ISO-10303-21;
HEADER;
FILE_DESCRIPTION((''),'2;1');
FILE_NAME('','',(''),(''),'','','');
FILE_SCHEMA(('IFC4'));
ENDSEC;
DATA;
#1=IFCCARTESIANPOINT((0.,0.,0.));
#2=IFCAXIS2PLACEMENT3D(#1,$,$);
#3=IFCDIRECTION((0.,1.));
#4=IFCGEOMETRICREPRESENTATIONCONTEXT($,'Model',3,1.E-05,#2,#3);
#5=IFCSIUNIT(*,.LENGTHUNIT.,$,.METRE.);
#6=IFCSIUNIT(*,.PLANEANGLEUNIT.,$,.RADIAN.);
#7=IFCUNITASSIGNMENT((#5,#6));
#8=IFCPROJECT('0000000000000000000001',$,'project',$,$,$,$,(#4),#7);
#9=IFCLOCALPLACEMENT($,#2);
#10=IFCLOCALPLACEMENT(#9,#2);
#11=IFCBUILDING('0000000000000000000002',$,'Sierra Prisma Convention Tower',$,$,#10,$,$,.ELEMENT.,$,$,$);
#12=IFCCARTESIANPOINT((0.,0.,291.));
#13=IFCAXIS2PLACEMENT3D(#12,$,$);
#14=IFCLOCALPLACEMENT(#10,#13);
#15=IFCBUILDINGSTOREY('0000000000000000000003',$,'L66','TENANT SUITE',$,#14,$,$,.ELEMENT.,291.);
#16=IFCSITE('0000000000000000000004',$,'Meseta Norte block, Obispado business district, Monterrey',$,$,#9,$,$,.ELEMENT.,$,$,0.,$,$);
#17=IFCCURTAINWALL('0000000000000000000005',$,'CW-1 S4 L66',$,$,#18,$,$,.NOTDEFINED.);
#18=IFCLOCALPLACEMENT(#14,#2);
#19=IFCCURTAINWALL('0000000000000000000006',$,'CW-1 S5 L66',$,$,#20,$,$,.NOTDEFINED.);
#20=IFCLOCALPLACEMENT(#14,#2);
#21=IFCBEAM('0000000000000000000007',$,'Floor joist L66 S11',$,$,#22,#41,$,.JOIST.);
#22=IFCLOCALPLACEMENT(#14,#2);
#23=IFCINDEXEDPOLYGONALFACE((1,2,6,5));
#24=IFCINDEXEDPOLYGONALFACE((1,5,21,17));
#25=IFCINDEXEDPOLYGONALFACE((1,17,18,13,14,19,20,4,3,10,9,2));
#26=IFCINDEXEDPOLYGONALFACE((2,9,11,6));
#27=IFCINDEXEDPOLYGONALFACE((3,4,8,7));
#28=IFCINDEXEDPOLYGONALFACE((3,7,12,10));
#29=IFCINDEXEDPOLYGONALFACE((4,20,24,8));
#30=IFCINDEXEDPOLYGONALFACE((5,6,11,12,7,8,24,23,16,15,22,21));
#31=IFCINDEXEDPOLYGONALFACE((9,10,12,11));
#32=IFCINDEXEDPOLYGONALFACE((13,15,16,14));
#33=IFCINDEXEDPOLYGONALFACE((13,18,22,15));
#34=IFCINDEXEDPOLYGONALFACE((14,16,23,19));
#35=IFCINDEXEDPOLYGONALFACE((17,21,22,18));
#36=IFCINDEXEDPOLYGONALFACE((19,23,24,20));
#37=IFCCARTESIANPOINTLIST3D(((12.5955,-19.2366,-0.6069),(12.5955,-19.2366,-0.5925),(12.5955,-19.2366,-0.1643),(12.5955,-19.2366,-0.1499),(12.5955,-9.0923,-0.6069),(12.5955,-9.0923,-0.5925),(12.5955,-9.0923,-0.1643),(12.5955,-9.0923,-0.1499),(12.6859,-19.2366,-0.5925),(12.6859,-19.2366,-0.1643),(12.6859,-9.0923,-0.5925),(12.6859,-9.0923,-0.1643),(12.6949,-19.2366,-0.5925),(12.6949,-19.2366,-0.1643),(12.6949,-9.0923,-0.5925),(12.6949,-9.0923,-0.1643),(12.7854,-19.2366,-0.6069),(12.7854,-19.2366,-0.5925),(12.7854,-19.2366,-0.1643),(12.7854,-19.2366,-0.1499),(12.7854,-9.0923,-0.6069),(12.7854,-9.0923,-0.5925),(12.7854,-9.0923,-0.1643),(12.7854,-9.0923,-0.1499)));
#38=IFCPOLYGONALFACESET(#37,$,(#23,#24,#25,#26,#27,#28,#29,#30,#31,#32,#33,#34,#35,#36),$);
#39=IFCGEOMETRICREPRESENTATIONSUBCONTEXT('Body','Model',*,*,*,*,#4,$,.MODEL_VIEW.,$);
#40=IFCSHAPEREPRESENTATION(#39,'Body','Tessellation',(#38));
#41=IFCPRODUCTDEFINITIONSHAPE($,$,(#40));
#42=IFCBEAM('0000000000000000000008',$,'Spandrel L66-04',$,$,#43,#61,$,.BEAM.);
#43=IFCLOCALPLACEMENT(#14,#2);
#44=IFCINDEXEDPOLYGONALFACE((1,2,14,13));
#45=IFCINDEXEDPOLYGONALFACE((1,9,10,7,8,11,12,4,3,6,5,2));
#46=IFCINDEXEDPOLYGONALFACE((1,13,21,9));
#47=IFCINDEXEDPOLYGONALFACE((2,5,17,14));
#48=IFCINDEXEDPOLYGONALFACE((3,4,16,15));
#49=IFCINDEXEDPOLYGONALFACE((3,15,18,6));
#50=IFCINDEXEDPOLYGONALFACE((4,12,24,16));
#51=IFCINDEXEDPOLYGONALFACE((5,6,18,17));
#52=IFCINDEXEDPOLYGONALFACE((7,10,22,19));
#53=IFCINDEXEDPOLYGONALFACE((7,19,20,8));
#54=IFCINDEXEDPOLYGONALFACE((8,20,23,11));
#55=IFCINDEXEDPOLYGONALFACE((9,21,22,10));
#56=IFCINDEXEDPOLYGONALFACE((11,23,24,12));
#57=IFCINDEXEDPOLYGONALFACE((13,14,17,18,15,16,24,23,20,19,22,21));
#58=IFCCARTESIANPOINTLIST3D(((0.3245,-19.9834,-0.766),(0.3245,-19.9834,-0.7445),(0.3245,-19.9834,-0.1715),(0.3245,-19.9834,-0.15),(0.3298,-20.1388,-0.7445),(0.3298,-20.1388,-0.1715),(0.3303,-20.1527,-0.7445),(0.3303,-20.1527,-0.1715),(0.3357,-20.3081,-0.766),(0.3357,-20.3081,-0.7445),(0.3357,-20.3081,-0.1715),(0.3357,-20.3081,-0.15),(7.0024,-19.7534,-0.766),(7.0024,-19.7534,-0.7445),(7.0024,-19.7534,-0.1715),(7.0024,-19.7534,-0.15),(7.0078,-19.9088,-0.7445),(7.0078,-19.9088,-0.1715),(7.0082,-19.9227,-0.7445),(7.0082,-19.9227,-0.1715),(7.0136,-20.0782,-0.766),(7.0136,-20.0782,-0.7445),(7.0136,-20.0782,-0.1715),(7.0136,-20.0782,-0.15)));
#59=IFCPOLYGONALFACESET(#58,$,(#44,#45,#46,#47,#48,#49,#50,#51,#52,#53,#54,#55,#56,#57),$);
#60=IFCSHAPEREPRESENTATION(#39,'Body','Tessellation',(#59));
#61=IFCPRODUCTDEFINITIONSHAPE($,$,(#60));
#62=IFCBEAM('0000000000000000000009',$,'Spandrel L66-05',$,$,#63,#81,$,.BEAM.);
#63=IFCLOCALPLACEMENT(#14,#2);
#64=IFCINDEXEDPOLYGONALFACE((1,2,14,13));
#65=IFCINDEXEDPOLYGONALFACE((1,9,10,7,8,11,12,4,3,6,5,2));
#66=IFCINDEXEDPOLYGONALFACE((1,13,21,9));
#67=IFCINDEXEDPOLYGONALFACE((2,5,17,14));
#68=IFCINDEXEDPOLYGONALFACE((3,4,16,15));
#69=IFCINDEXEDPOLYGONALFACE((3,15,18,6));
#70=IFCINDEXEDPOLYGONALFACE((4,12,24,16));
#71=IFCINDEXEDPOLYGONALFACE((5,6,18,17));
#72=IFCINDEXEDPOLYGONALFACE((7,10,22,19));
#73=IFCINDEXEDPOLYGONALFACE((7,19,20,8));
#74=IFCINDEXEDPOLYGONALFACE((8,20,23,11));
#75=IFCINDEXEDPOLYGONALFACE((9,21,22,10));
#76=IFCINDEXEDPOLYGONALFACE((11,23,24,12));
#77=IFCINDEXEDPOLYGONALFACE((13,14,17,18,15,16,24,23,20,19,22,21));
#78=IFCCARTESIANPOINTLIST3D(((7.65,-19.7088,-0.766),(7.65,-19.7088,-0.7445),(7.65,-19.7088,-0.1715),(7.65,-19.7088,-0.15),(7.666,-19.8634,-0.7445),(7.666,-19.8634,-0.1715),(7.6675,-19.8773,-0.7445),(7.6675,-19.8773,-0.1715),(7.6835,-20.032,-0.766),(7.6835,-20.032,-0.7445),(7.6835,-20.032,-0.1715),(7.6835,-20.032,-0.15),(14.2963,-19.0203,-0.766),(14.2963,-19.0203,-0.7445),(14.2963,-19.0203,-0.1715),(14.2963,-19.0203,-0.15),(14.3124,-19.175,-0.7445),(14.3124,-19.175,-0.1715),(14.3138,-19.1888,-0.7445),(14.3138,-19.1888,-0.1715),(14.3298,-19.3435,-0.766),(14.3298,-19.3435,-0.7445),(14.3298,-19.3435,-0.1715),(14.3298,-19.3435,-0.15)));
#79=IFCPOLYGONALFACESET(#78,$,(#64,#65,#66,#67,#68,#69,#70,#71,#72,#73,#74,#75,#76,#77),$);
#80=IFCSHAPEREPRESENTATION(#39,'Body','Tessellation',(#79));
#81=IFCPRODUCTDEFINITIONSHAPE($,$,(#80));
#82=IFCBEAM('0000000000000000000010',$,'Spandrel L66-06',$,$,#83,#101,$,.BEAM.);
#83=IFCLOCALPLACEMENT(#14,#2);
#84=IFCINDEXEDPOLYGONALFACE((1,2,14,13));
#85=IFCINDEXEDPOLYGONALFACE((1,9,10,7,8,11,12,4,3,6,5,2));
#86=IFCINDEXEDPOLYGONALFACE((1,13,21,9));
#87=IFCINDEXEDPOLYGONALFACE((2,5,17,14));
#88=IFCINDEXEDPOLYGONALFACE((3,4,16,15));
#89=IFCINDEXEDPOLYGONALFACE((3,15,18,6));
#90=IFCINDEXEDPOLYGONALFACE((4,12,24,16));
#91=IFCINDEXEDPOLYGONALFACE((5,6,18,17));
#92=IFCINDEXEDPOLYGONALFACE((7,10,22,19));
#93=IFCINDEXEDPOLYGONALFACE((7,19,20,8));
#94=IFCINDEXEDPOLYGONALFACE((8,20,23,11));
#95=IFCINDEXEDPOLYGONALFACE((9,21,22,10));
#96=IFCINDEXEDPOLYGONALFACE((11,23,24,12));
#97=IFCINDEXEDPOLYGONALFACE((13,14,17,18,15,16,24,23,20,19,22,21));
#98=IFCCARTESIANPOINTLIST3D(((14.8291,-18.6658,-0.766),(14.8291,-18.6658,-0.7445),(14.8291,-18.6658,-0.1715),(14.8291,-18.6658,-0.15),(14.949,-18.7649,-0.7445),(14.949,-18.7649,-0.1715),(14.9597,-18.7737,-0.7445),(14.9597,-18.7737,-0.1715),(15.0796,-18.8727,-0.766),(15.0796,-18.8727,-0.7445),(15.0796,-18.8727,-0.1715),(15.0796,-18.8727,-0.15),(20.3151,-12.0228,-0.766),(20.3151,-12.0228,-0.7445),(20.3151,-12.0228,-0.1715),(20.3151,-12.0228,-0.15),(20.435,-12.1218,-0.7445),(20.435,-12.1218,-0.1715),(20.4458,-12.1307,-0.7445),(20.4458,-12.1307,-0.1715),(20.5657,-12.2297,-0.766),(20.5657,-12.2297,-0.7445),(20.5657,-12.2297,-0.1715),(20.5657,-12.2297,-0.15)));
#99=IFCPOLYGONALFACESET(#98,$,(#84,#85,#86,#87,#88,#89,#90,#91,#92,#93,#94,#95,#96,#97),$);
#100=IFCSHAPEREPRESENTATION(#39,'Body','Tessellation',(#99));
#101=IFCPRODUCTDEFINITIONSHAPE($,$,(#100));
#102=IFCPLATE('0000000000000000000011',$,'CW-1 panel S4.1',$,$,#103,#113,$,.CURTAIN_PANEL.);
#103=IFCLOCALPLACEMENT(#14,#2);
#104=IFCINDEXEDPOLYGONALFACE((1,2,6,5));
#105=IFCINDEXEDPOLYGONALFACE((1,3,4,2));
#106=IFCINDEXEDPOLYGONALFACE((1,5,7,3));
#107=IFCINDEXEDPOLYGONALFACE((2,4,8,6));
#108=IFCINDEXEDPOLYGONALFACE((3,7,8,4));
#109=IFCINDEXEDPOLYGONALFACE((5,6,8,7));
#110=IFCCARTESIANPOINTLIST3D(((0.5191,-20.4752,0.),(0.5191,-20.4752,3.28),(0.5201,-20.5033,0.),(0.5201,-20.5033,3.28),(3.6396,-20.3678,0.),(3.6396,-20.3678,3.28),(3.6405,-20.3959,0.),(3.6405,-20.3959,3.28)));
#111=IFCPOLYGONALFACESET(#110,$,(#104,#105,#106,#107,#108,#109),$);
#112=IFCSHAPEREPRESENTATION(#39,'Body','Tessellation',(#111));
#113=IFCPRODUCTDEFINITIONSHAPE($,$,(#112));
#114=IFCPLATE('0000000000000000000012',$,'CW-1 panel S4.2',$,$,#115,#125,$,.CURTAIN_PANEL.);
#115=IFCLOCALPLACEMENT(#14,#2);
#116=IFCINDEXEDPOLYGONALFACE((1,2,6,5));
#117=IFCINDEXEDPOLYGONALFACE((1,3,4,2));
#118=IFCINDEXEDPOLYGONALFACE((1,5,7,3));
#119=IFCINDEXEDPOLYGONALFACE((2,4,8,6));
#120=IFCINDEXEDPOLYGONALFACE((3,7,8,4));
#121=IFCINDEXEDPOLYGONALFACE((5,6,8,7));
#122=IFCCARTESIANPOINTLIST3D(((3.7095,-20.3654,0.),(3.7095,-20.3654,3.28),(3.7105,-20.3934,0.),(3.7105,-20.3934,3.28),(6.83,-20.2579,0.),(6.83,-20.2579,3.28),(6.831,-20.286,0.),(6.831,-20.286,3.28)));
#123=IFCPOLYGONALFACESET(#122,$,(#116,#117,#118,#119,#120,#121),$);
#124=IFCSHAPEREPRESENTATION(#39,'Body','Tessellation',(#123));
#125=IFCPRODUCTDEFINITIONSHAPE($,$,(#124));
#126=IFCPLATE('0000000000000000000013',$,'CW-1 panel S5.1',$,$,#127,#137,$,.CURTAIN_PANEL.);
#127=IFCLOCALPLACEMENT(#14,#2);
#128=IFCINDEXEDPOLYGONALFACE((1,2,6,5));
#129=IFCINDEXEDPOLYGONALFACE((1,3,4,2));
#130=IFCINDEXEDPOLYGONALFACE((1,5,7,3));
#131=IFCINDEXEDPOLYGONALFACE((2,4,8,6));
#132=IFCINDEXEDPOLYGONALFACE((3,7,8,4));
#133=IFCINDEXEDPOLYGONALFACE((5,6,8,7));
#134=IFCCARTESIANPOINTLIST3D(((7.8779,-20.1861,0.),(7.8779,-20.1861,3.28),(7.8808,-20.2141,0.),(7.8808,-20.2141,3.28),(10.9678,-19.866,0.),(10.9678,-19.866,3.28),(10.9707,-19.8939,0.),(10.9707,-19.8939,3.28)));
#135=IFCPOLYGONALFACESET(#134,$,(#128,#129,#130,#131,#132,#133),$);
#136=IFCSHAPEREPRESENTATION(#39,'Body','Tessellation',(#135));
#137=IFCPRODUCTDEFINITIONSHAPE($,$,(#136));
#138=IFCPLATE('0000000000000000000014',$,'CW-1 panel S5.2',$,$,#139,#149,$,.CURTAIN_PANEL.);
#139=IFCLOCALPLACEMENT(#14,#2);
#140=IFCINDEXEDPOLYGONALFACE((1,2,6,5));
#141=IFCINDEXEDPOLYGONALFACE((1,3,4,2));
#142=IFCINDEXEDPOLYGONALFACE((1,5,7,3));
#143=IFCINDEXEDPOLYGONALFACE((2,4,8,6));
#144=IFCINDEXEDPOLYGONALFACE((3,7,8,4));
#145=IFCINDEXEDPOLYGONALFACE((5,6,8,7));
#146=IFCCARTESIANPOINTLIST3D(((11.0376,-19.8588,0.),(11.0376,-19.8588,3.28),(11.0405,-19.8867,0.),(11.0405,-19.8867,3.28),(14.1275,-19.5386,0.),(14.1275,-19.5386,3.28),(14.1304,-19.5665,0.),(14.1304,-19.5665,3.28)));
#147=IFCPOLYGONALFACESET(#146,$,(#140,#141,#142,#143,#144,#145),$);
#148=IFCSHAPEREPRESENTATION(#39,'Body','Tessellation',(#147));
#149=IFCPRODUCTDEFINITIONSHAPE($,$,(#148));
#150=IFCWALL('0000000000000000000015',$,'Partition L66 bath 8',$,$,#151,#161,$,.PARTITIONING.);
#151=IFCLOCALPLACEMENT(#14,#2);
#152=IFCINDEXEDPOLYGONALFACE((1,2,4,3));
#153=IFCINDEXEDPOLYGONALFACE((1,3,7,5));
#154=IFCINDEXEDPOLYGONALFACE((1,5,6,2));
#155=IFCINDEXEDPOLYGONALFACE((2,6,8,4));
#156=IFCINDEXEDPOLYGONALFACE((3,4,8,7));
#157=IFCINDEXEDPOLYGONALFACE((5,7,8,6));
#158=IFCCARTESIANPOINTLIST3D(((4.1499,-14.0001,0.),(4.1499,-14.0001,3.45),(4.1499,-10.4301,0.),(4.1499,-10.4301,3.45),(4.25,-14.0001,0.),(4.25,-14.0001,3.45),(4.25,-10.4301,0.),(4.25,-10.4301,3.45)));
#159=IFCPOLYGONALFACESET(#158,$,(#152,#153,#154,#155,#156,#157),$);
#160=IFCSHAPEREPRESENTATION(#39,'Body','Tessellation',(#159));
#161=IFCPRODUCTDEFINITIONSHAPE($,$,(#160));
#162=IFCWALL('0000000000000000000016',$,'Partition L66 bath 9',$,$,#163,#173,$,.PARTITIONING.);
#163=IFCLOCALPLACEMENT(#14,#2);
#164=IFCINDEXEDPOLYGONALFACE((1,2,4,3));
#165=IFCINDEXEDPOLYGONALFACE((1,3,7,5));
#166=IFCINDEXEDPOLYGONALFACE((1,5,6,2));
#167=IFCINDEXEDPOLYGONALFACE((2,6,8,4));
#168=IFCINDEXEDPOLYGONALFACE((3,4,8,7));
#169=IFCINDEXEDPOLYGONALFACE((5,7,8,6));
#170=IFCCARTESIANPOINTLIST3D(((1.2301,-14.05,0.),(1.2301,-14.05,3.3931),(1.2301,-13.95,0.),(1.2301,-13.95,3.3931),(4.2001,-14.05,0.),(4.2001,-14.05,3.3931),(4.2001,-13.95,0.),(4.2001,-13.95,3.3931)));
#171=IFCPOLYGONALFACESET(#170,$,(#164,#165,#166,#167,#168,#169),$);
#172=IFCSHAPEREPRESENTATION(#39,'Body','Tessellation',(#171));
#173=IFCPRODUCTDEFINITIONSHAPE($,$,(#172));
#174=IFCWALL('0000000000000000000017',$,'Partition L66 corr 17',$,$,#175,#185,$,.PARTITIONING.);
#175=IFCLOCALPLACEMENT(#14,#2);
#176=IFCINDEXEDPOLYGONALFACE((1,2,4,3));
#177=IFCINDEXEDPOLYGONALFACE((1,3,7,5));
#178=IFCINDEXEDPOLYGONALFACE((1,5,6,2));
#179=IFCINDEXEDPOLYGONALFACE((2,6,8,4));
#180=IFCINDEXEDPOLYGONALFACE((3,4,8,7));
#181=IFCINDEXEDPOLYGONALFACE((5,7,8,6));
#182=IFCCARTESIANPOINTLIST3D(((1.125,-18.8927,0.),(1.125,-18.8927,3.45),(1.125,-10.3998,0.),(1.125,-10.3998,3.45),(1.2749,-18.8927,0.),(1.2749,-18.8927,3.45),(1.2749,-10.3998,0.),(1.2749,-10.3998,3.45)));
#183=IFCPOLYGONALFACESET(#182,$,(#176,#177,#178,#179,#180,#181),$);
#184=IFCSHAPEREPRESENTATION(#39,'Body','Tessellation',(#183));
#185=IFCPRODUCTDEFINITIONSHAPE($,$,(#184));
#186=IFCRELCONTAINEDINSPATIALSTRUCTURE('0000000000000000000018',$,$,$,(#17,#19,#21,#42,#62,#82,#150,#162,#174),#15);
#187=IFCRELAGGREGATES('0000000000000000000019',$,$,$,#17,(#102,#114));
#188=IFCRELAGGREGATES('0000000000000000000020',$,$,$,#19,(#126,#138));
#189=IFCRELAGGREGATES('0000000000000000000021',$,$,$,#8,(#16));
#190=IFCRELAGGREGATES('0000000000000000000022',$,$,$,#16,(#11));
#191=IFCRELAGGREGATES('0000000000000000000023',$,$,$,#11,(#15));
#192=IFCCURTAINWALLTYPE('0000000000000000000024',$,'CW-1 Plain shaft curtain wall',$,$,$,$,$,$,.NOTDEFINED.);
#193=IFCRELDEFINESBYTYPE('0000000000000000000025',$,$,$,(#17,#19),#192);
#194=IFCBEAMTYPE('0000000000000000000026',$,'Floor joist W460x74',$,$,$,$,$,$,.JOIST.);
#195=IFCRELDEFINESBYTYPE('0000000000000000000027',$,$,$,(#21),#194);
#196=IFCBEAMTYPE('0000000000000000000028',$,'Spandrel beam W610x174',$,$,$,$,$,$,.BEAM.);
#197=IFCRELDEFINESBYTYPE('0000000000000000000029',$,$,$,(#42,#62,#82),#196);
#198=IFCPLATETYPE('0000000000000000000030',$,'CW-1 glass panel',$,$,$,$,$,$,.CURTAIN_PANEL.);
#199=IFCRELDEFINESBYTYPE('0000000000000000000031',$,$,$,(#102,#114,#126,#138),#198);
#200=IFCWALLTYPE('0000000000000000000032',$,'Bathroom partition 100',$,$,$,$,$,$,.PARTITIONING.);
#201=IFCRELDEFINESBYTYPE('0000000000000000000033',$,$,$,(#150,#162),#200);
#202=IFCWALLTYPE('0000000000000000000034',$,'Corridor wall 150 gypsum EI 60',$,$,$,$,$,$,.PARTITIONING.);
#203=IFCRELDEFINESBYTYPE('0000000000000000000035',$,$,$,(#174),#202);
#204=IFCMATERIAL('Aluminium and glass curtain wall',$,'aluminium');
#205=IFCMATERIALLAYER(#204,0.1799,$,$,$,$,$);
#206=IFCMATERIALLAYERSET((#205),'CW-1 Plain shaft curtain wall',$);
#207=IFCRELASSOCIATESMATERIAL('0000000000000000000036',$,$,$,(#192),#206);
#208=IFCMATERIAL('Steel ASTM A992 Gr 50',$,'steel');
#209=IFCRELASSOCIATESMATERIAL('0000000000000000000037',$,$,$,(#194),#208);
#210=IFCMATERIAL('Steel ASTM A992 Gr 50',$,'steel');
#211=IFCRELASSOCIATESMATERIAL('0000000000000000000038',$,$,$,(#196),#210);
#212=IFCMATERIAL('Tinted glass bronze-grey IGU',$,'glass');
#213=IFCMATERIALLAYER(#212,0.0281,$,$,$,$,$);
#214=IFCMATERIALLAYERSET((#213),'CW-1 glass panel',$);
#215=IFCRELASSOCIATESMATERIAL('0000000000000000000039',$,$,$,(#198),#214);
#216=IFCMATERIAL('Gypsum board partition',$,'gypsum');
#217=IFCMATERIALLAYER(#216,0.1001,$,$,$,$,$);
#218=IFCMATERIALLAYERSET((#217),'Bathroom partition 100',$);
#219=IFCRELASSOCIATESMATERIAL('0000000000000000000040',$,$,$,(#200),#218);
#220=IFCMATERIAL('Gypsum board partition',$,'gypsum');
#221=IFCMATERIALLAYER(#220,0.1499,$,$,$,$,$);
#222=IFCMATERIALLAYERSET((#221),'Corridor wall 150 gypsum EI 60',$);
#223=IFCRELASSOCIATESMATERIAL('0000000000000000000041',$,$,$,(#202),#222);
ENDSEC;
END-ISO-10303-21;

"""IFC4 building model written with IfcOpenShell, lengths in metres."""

from ifc_helpers import new_model, si_unit, direction, frame, frame_2d, origin, origin_2d, place, context, subcontext, project, spatial, rectangle, i_section, extrude, material, layer, layer_set, material_profile, profile_set, type_object, element, aggregate, save


model = new_model("IFC4")

# Units and contexts
model_context = context("Model", 3, precision=1e-05, world=origin(), true_north=direction((0.0, 1.0)))
body_context = subcontext(model_context, "Body", "Model", "MODEL_VIEW")
ifc_project = project(units=[si_unit("LENGTHUNIT", "METRE"), si_unit("PLANEANGLEUNIT", "RADIAN")], contexts=[model_context])

# Site, building, storey
site_placement = place(None, origin())
site = spatial("IfcSite", under=ifc_project, at=site_placement, Name="Meseta Norte block, Obispado business district, Monterrey", CompositionType="ELEMENT", RefElevation=0.0)
building_placement = place(site_placement, origin())
building = spatial("IfcBuilding", under=site, at=building_placement, Name="Sierra Prisma Convention Tower", CompositionType="ELEMENT")
storey_placement = place(building_placement, frame((0.0, 0.0, 291.0)))
storey = spatial("IfcBuildingStorey", under=building, at=storey_placement, Name="L66", Description="TENANT SUITE", CompositionType="ELEMENT", Elevation=291.0)

# Curtain walls
ifc_material_1 = material(Name="Aluminium and glass curtain wall", Category="aluminium")
ifc_layer_1 = layer(ifc_material_1, 0.1799)
ifc_layer_set_1 = layer_set([ifc_layer_1], Name="CW-1 Plain shaft curtain wall")
curtain_wall_type = type_object("IfcCurtainWallType", Name="CW-1 Plain shaft curtain wall", PredefinedType="NOTDEFINED", material=ifc_layer_set_1)
curtain_wall_1_placement = place(storey_placement, origin())
curtain_wall_1 = element("IfcCurtainWall", 1, at=curtain_wall_1_placement, inside=storey, type_object=curtain_wall_type, Name="CW-1 S4 L66", PredefinedType="NOTDEFINED")
curtain_wall_2_placement = place(storey_placement, origin())
curtain_wall_2 = element("IfcCurtainWall", 2, at=curtain_wall_2_placement, inside=storey, type_object=curtain_wall_type, Name="CW-1 S5 L66", PredefinedType="NOTDEFINED")

# Beams
ifc_material_2 = material(Name="Steel ASTM A992 Gr 50", Category="steel")
ifc_material_profile_1 = material_profile(ifc_material_2, i_section(OverallWidth=0.1899, OverallDepth=0.457, WebThickness=0.009, FlangeThickness=0.0144, at=origin_2d()), Name="W460x74")
ifc_profile_set_1 = profile_set([ifc_material_profile_1], Name="Steel ASTM A992 Gr 50")
beam_type_1 = type_object("IfcBeamType", Name="Floor joist W460x74", PredefinedType="JOIST", material=ifc_profile_set_1)
beam_1_placement = place(storey_placement, frame((12.6904, -19.2366, -0.3784), z_axis=(0.0, 1.0, 0.0), x_axis=(-1.0, 0.0, 0.0)))
element("IfcBeam", 3, at=beam_1_placement, inside=storey, type_object=beam_type_1, Name="Floor joist L66 S11", PredefinedType="JOIST", context=body_context, shape_type="SweptSolid", body=[
    extrude(i_section(OverallWidth=0.1899, OverallDepth=0.457, WebThickness=0.009, FlangeThickness=0.0144, at=origin_2d()), origin(), (0.0, 0.0, 1.0), 10.1443),
])
ifc_material_3 = material(Name="Steel ASTM A992 Gr 50", Category="steel")
ifc_material_profile_2 = material_profile(ifc_material_3, i_section(OverallWidth=0.325, OverallDepth=0.616, WebThickness=0.0139, FlangeThickness=0.0215, at=origin_2d()), Name="W610x174")
ifc_profile_set_2 = profile_set([ifc_material_profile_2], Name="Steel ASTM A992 Gr 50")
beam_type_2 = type_object("IfcBeamType", Name="Spandrel beam W610x174", PredefinedType="BEAM", material=ifc_profile_set_2)
for number, where, z_axis, x_axis, name in (
    (4, (0.3301, -20.1458, -0.458), (0.999408, 0.034418, 0.0), (-0.034418, 0.999408, 0.0), "Spandrel L66-04"),
    (5, (7.6667, -19.8704, -0.458), (0.994677, 0.103038, 0.0), (-0.103038, 0.994677, 0.0), "Spandrel L66-05"),
):
    element("IfcBeam", number, at=place(storey_placement, frame(where, z_axis=z_axis, x_axis=x_axis)), inside=storey, type_object=beam_type_2, Name=name, PredefinedType="BEAM", context=body_context, shape_type="SweptSolid", body=[
        extrude(i_section(OverallWidth=0.325, OverallDepth=0.616, WebThickness=0.0139, FlangeThickness=0.0215, at=origin_2d()), origin(), (0.0, 0.0, 1.0), 6.6819),
    ])
beam_2_placement = place(storey_placement, frame((14.9543, -18.7693, -0.458), z_axis=(0.636766, 0.771057, 0.0), x_axis=(-0.771057, 0.636766, 0.0)))
element("IfcBeam", 6, at=beam_2_placement, inside=storey, type_object=beam_type_2, Name="Spandrel L66-06", PredefinedType="BEAM", context=body_context, shape_type="SweptSolid", body=[
    extrude(i_section(OverallWidth=0.325, OverallDepth=0.616, WebThickness=0.0139, FlangeThickness=0.0215, at=origin_2d()), origin(), (0.0, 0.0, 1.0), 8.6155),
])

# Plates
ifc_material_4 = material(Name="Tinted glass bronze-grey IGU", Category="glass")
ifc_layer_2 = layer(ifc_material_4, 0.0281)
ifc_layer_set_2 = layer_set([ifc_layer_2], Name="CW-1 glass panel")
plate_type = type_object("IfcPlateType", Name="CW-1 glass panel", PredefinedType="CURTAIN_PANEL", material=ifc_layer_set_2)
plate_1_placement = place(storey_placement, frame((2.0798, -20.4355, 0.0), z_axis=(0.0, 0.0, 1.0), x_axis=(0.999408, 0.034407, 0.0)))
plate_1 = element("IfcPlate", 7, at=plate_1_placement, type_object=plate_type, Name="CW-1 panel S4.1", PredefinedType="CURTAIN_PANEL", context=body_context, shape_type="SweptSolid", body=[
    extrude(rectangle(XDim=3.1223, YDim=0.0281, at=origin_2d()), origin(), (0.0, 0.0, 1.0), 3.28),
])
plate_2_placement = place(storey_placement, frame((5.2703, -20.3257, 0.0), z_axis=(0.0, 0.0, 1.0), x_axis=(0.999408, 0.034407, 0.0)))
plate_2 = element("IfcPlate", 8, at=plate_2_placement, type_object=plate_type, Name="CW-1 panel S4.2", PredefinedType="CURTAIN_PANEL", context=body_context, shape_type="SweptSolid", body=[
    extrude(rectangle(XDim=3.1223, YDim=0.0281, at=origin_2d()), origin(), (0.0, 0.0, 1.0), 3.28),
])
aggregate(curtain_wall_1, [plate_1, plate_2])
plate_3_placement = place(storey_placement, frame((9.4243, -20.04, 0.0), z_axis=(0.0, 0.0, 1.0), x_axis=(0.994675, 0.103058, 0.0)))
plate_3 = element("IfcPlate", 9, at=plate_3_placement, type_object=plate_type, Name="CW-1 panel S5.1", PredefinedType="CURTAIN_PANEL", context=body_context, shape_type="SweptSolid", body=[
    extrude(rectangle(XDim=3.1064, YDim=0.0281, at=origin_2d()), origin(), (0.0, 0.0, 1.0), 3.28),
])
plate_4_placement = place(storey_placement, frame((12.584, -19.7126, 0.0), z_axis=(0.0, 0.0, 1.0), x_axis=(0.994675, 0.103058, 0.0)))
plate_4 = element("IfcPlate", 10, at=plate_4_placement, type_object=plate_type, Name="CW-1 panel S5.2", PredefinedType="CURTAIN_PANEL", context=body_context, shape_type="SweptSolid", body=[
    extrude(rectangle(XDim=3.1064, YDim=0.0281, at=origin_2d()), origin(), (0.0, 0.0, 1.0), 3.28),
])
aggregate(curtain_wall_2, [plate_3, plate_4])

# Walls
ifc_material_5 = material(Name="Gypsum board partition", Category="gypsum")
ifc_layer_3 = layer(ifc_material_5, 0.1001)
ifc_layer_set_3 = layer_set([ifc_layer_3], Name="Bathroom partition 100")
wall_type_1 = type_object("IfcWallType", Name="Bathroom partition 100", PredefinedType="PARTITIONING", material=ifc_layer_set_3)
wall_1_placement = place(storey_placement, frame((4.2, -10.4299, 0.0), z_axis=(0.0, 0.0, 1.0), x_axis=(0.0, -1.0, 0.0)))
element("IfcWall", 11, at=wall_1_placement, inside=storey, type_object=wall_type_1, Name="Partition L66 bath 8", PredefinedType="PARTITIONING", context=body_context, shape_type="SweptSolid", body=[
    extrude(rectangle(XDim=3.5701, YDim=0.1001, at=frame_2d((1.7852, 0.0))), origin(), (0.0, 0.0, 1.0), 3.45),
])
wall_2_placement = place(storey_placement, frame((4.2, -14.0, 0.0), z_axis=(0.0, 0.0, 1.0), x_axis=(-1.0, 0.0, 0.0)))
element("IfcWall", 12, at=wall_2_placement, inside=storey, type_object=wall_type_1, Name="Partition L66 bath 9", PredefinedType="PARTITIONING", context=body_context, shape_type="SweptSolid", body=[
    extrude(rectangle(XDim=2.97, YDim=0.1001, at=frame_2d((1.4849, 0.0))), origin(), (0.0, 0.0, 1.0), 3.3931),
])
ifc_material_6 = material(Name="Gypsum board partition", Category="gypsum")
ifc_layer_4 = layer(ifc_material_6, 0.1499)
ifc_layer_set_4 = layer_set([ifc_layer_4], Name="Corridor wall 150 gypsum EI 60")
wall_type_2 = type_object("IfcWallType", Name="Corridor wall 150 gypsum EI 60", PredefinedType="PARTITIONING", material=ifc_layer_set_4)
wall_3_placement = place(storey_placement, frame((1.2, -18.8928, 0.0), z_axis=(0.0, 0.0, 1.0), x_axis=(0.0, 1.0, 0.0)))
element("IfcWall", 13, at=wall_3_placement, inside=storey, type_object=wall_type_2, Name="Partition L66 corr 17", PredefinedType="PARTITIONING", context=body_context, shape_type="SweptSolid", body=[
    extrude(rectangle(XDim=8.4929, YDim=0.1499, at=frame_2d((4.2466, 0.0))), origin(), (0.0, 0.0, 1.0), 3.45),
])

save(model, "model.ifc")
